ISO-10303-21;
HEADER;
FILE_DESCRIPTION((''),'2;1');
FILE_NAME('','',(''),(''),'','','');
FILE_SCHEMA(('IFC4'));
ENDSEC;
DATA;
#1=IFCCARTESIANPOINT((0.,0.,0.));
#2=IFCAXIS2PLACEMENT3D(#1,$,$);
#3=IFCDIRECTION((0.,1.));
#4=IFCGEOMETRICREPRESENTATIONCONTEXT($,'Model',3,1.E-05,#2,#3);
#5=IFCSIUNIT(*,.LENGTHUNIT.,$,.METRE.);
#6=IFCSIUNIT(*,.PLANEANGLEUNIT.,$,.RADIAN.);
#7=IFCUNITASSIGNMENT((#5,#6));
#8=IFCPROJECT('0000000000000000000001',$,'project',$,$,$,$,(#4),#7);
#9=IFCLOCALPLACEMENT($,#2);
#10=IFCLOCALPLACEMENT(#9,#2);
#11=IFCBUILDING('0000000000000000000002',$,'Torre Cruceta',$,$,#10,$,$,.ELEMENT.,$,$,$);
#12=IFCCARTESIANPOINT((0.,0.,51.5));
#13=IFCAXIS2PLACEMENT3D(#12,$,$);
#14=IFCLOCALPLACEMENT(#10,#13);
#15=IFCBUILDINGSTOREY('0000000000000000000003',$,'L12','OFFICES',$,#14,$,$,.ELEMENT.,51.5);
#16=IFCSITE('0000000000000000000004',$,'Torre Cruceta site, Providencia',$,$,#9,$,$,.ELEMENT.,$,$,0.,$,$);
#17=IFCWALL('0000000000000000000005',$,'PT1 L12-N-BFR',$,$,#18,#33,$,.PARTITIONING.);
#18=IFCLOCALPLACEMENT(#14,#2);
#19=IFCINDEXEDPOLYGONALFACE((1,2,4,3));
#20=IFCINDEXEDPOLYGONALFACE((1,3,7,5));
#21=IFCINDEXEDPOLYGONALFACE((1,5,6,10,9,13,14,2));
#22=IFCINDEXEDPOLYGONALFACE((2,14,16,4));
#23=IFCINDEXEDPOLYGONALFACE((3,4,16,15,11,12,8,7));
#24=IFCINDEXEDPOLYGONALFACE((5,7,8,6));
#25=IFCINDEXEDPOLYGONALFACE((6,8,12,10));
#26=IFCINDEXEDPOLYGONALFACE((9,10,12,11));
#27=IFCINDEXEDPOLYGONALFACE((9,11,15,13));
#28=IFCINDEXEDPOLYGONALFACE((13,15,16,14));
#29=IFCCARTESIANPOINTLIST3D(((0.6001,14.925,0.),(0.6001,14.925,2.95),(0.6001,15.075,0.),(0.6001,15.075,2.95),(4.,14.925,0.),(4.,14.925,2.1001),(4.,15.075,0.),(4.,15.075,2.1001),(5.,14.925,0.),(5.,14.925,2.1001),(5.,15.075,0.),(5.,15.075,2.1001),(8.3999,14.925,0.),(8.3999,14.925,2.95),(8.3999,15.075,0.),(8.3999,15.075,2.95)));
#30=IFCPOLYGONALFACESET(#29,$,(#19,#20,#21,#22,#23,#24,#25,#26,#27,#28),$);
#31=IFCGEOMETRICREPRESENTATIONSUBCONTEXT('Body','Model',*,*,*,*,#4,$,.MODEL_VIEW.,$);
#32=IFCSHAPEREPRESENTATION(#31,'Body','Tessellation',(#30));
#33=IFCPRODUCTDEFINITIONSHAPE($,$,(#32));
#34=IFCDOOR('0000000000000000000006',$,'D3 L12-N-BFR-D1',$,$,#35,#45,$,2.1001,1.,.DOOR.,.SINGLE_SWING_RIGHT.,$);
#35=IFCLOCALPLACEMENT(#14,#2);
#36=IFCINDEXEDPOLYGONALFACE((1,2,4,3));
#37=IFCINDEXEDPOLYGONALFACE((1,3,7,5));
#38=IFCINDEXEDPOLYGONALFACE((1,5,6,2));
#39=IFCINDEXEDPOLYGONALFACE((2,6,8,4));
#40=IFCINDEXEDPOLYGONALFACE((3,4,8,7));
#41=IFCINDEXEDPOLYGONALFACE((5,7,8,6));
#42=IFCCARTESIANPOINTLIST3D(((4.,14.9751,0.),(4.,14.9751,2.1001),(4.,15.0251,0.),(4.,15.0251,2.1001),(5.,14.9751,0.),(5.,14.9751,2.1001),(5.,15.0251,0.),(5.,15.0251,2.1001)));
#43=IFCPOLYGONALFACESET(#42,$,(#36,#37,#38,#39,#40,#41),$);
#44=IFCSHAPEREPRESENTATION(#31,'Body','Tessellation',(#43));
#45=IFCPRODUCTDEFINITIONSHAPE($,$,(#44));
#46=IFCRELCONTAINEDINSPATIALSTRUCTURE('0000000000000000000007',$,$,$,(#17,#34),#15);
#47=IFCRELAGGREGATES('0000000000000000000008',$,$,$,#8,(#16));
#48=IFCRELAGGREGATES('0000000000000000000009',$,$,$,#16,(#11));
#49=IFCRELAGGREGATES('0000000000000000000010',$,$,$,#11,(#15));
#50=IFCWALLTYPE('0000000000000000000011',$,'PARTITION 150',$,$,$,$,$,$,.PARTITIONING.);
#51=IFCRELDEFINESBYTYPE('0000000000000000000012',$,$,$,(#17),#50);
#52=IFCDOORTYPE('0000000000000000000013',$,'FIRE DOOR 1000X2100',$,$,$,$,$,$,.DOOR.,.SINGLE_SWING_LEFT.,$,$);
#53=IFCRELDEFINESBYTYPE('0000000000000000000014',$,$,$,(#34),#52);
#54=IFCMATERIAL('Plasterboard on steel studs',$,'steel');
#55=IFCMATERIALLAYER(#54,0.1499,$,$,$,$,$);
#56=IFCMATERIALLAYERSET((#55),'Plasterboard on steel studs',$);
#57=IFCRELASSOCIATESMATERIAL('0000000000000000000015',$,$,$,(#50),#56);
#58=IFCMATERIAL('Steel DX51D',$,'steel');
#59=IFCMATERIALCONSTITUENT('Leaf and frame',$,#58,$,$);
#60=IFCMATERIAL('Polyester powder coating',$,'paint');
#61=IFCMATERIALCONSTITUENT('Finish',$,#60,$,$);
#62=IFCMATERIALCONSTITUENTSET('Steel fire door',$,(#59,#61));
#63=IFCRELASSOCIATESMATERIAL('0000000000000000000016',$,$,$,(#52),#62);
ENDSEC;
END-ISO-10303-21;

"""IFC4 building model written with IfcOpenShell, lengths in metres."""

from ifc_helpers import new_model, si_unit, direction, frame, frame_2d, origin, place, context, subcontext, project, spatial, rectangle, extrude, material, layer, layer_set, constituent, constituent_set, type_object, element, fill, save


model = new_model("IFC4")

# Units and contexts
model_context = context("Model", 3, precision=1e-05, world=origin(), true_north=direction((0.0, 1.0)))
body_context = subcontext(model_context, "Body", "Model", "MODEL_VIEW")
ifc_project = project(units=[si_unit("LENGTHUNIT", "METRE"), si_unit("PLANEANGLEUNIT", "RADIAN")], contexts=[model_context])

# Site, building, storey
site_placement = place(None, origin())
site = spatial("IfcSite", under=ifc_project, at=site_placement, Name="Torre Cruceta site, Providencia", CompositionType="ELEMENT", RefElevation=0.0)
building_placement = place(site_placement, origin())
building = spatial("IfcBuilding", under=site, at=building_placement, Name="Torre Cruceta", CompositionType="ELEMENT")
storey_placement = place(building_placement, frame((0.0, 0.0, 51.5)))
storey = spatial("IfcBuildingStorey", under=building, at=storey_placement, Name="L12", Description="OFFICES", CompositionType="ELEMENT", Elevation=51.5)

# Wall, opening, door
ifc_material_1 = material(Name="Plasterboard on steel studs", Category="steel")
ifc_layer_1 = layer(ifc_material_1, 0.1499)
ifc_layer_set_1 = layer_set([ifc_layer_1], Name="Plasterboard on steel studs")
wall_type_1 = type_object("IfcWallType", Name="PARTITION 150", PredefinedType="PARTITIONING", material=ifc_layer_set_1)
wall_1_placement = place(storey_placement, frame((8.3999, 15.0, 0.0), z_axis=(0.0, 0.0, 1.0), x_axis=(-1.0, 0.0, 0.0)))
wall_1 = element("IfcWall", 1, at=wall_1_placement, inside=storey, type_object=wall_type_1, Name="PT1 L12-N-BFR", PredefinedType="PARTITIONING", context=body_context, shape_type="SweptSolid", body=[
    extrude(rectangle(XDim=7.7998, YDim=0.1499, at=frame_2d((3.8999, 0.0))), origin(), (0.0, 0.0, 1.0), 2.95),
])
opening_1_placement = place(wall_1_placement, frame((3.3999, 0.0, 0.0)))
opening_1 = element("IfcOpeningElement", 2, at=opening_1_placement, cuts=wall_1, PredefinedType="OPENING", context=body_context, shape_type="SweptSolid", body=[
    extrude(rectangle(XDim=1.0, YDim=2.1001, at=frame_2d((0.5, 1.05))), frame((0.0, 0.085, 0.0), z_axis=(0.0, -1.0, 0.0), x_axis=(1.0, 0.0, 0.0)), (0.0, 0.0, 1.0), 0.1699),
])
ifc_material_2 = material(Name="Steel DX51D", Category="steel")
ifc_constituent_1 = constituent(ifc_material_2, Name="Leaf and frame")
ifc_material_3 = material(Name="Polyester powder coating", Category="paint")
ifc_constituent_2 = constituent(ifc_material_3, Name="Finish")
ifc_constituent_set_1 = constituent_set(constituents=[ifc_constituent_1, ifc_constituent_2], Name="Steel fire door")
door_type_1 = type_object("IfcDoorType", Name="FIRE DOOR 1000X2100", OperationType="SINGLE_SWING_LEFT", PredefinedType="DOOR", material=ifc_constituent_set_1)
door_1_placement = place(opening_1_placement, origin())
door_1 = element("IfcDoor", 3, at=door_1_placement, inside=storey, type_object=door_type_1, Name="D3 L12-N-BFR-D1", OperationType="SINGLE_SWING_RIGHT", OverallHeight=2.1001, OverallWidth=1.0, PredefinedType="DOOR", context=body_context, shape_type="SweptSolid", body=[
    extrude(rectangle(XDim=1.0, YDim=2.1001, at=frame_2d((0.5, 1.05))), frame((0.0, 0.0249, 0.0), z_axis=(0.0, -1.0, 0.0), x_axis=(1.0, 0.0, 0.0)), (0.0, 0.0, 1.0), 0.05),
])
fill(opening_1, door_1)

save(model, "model.ifc")
